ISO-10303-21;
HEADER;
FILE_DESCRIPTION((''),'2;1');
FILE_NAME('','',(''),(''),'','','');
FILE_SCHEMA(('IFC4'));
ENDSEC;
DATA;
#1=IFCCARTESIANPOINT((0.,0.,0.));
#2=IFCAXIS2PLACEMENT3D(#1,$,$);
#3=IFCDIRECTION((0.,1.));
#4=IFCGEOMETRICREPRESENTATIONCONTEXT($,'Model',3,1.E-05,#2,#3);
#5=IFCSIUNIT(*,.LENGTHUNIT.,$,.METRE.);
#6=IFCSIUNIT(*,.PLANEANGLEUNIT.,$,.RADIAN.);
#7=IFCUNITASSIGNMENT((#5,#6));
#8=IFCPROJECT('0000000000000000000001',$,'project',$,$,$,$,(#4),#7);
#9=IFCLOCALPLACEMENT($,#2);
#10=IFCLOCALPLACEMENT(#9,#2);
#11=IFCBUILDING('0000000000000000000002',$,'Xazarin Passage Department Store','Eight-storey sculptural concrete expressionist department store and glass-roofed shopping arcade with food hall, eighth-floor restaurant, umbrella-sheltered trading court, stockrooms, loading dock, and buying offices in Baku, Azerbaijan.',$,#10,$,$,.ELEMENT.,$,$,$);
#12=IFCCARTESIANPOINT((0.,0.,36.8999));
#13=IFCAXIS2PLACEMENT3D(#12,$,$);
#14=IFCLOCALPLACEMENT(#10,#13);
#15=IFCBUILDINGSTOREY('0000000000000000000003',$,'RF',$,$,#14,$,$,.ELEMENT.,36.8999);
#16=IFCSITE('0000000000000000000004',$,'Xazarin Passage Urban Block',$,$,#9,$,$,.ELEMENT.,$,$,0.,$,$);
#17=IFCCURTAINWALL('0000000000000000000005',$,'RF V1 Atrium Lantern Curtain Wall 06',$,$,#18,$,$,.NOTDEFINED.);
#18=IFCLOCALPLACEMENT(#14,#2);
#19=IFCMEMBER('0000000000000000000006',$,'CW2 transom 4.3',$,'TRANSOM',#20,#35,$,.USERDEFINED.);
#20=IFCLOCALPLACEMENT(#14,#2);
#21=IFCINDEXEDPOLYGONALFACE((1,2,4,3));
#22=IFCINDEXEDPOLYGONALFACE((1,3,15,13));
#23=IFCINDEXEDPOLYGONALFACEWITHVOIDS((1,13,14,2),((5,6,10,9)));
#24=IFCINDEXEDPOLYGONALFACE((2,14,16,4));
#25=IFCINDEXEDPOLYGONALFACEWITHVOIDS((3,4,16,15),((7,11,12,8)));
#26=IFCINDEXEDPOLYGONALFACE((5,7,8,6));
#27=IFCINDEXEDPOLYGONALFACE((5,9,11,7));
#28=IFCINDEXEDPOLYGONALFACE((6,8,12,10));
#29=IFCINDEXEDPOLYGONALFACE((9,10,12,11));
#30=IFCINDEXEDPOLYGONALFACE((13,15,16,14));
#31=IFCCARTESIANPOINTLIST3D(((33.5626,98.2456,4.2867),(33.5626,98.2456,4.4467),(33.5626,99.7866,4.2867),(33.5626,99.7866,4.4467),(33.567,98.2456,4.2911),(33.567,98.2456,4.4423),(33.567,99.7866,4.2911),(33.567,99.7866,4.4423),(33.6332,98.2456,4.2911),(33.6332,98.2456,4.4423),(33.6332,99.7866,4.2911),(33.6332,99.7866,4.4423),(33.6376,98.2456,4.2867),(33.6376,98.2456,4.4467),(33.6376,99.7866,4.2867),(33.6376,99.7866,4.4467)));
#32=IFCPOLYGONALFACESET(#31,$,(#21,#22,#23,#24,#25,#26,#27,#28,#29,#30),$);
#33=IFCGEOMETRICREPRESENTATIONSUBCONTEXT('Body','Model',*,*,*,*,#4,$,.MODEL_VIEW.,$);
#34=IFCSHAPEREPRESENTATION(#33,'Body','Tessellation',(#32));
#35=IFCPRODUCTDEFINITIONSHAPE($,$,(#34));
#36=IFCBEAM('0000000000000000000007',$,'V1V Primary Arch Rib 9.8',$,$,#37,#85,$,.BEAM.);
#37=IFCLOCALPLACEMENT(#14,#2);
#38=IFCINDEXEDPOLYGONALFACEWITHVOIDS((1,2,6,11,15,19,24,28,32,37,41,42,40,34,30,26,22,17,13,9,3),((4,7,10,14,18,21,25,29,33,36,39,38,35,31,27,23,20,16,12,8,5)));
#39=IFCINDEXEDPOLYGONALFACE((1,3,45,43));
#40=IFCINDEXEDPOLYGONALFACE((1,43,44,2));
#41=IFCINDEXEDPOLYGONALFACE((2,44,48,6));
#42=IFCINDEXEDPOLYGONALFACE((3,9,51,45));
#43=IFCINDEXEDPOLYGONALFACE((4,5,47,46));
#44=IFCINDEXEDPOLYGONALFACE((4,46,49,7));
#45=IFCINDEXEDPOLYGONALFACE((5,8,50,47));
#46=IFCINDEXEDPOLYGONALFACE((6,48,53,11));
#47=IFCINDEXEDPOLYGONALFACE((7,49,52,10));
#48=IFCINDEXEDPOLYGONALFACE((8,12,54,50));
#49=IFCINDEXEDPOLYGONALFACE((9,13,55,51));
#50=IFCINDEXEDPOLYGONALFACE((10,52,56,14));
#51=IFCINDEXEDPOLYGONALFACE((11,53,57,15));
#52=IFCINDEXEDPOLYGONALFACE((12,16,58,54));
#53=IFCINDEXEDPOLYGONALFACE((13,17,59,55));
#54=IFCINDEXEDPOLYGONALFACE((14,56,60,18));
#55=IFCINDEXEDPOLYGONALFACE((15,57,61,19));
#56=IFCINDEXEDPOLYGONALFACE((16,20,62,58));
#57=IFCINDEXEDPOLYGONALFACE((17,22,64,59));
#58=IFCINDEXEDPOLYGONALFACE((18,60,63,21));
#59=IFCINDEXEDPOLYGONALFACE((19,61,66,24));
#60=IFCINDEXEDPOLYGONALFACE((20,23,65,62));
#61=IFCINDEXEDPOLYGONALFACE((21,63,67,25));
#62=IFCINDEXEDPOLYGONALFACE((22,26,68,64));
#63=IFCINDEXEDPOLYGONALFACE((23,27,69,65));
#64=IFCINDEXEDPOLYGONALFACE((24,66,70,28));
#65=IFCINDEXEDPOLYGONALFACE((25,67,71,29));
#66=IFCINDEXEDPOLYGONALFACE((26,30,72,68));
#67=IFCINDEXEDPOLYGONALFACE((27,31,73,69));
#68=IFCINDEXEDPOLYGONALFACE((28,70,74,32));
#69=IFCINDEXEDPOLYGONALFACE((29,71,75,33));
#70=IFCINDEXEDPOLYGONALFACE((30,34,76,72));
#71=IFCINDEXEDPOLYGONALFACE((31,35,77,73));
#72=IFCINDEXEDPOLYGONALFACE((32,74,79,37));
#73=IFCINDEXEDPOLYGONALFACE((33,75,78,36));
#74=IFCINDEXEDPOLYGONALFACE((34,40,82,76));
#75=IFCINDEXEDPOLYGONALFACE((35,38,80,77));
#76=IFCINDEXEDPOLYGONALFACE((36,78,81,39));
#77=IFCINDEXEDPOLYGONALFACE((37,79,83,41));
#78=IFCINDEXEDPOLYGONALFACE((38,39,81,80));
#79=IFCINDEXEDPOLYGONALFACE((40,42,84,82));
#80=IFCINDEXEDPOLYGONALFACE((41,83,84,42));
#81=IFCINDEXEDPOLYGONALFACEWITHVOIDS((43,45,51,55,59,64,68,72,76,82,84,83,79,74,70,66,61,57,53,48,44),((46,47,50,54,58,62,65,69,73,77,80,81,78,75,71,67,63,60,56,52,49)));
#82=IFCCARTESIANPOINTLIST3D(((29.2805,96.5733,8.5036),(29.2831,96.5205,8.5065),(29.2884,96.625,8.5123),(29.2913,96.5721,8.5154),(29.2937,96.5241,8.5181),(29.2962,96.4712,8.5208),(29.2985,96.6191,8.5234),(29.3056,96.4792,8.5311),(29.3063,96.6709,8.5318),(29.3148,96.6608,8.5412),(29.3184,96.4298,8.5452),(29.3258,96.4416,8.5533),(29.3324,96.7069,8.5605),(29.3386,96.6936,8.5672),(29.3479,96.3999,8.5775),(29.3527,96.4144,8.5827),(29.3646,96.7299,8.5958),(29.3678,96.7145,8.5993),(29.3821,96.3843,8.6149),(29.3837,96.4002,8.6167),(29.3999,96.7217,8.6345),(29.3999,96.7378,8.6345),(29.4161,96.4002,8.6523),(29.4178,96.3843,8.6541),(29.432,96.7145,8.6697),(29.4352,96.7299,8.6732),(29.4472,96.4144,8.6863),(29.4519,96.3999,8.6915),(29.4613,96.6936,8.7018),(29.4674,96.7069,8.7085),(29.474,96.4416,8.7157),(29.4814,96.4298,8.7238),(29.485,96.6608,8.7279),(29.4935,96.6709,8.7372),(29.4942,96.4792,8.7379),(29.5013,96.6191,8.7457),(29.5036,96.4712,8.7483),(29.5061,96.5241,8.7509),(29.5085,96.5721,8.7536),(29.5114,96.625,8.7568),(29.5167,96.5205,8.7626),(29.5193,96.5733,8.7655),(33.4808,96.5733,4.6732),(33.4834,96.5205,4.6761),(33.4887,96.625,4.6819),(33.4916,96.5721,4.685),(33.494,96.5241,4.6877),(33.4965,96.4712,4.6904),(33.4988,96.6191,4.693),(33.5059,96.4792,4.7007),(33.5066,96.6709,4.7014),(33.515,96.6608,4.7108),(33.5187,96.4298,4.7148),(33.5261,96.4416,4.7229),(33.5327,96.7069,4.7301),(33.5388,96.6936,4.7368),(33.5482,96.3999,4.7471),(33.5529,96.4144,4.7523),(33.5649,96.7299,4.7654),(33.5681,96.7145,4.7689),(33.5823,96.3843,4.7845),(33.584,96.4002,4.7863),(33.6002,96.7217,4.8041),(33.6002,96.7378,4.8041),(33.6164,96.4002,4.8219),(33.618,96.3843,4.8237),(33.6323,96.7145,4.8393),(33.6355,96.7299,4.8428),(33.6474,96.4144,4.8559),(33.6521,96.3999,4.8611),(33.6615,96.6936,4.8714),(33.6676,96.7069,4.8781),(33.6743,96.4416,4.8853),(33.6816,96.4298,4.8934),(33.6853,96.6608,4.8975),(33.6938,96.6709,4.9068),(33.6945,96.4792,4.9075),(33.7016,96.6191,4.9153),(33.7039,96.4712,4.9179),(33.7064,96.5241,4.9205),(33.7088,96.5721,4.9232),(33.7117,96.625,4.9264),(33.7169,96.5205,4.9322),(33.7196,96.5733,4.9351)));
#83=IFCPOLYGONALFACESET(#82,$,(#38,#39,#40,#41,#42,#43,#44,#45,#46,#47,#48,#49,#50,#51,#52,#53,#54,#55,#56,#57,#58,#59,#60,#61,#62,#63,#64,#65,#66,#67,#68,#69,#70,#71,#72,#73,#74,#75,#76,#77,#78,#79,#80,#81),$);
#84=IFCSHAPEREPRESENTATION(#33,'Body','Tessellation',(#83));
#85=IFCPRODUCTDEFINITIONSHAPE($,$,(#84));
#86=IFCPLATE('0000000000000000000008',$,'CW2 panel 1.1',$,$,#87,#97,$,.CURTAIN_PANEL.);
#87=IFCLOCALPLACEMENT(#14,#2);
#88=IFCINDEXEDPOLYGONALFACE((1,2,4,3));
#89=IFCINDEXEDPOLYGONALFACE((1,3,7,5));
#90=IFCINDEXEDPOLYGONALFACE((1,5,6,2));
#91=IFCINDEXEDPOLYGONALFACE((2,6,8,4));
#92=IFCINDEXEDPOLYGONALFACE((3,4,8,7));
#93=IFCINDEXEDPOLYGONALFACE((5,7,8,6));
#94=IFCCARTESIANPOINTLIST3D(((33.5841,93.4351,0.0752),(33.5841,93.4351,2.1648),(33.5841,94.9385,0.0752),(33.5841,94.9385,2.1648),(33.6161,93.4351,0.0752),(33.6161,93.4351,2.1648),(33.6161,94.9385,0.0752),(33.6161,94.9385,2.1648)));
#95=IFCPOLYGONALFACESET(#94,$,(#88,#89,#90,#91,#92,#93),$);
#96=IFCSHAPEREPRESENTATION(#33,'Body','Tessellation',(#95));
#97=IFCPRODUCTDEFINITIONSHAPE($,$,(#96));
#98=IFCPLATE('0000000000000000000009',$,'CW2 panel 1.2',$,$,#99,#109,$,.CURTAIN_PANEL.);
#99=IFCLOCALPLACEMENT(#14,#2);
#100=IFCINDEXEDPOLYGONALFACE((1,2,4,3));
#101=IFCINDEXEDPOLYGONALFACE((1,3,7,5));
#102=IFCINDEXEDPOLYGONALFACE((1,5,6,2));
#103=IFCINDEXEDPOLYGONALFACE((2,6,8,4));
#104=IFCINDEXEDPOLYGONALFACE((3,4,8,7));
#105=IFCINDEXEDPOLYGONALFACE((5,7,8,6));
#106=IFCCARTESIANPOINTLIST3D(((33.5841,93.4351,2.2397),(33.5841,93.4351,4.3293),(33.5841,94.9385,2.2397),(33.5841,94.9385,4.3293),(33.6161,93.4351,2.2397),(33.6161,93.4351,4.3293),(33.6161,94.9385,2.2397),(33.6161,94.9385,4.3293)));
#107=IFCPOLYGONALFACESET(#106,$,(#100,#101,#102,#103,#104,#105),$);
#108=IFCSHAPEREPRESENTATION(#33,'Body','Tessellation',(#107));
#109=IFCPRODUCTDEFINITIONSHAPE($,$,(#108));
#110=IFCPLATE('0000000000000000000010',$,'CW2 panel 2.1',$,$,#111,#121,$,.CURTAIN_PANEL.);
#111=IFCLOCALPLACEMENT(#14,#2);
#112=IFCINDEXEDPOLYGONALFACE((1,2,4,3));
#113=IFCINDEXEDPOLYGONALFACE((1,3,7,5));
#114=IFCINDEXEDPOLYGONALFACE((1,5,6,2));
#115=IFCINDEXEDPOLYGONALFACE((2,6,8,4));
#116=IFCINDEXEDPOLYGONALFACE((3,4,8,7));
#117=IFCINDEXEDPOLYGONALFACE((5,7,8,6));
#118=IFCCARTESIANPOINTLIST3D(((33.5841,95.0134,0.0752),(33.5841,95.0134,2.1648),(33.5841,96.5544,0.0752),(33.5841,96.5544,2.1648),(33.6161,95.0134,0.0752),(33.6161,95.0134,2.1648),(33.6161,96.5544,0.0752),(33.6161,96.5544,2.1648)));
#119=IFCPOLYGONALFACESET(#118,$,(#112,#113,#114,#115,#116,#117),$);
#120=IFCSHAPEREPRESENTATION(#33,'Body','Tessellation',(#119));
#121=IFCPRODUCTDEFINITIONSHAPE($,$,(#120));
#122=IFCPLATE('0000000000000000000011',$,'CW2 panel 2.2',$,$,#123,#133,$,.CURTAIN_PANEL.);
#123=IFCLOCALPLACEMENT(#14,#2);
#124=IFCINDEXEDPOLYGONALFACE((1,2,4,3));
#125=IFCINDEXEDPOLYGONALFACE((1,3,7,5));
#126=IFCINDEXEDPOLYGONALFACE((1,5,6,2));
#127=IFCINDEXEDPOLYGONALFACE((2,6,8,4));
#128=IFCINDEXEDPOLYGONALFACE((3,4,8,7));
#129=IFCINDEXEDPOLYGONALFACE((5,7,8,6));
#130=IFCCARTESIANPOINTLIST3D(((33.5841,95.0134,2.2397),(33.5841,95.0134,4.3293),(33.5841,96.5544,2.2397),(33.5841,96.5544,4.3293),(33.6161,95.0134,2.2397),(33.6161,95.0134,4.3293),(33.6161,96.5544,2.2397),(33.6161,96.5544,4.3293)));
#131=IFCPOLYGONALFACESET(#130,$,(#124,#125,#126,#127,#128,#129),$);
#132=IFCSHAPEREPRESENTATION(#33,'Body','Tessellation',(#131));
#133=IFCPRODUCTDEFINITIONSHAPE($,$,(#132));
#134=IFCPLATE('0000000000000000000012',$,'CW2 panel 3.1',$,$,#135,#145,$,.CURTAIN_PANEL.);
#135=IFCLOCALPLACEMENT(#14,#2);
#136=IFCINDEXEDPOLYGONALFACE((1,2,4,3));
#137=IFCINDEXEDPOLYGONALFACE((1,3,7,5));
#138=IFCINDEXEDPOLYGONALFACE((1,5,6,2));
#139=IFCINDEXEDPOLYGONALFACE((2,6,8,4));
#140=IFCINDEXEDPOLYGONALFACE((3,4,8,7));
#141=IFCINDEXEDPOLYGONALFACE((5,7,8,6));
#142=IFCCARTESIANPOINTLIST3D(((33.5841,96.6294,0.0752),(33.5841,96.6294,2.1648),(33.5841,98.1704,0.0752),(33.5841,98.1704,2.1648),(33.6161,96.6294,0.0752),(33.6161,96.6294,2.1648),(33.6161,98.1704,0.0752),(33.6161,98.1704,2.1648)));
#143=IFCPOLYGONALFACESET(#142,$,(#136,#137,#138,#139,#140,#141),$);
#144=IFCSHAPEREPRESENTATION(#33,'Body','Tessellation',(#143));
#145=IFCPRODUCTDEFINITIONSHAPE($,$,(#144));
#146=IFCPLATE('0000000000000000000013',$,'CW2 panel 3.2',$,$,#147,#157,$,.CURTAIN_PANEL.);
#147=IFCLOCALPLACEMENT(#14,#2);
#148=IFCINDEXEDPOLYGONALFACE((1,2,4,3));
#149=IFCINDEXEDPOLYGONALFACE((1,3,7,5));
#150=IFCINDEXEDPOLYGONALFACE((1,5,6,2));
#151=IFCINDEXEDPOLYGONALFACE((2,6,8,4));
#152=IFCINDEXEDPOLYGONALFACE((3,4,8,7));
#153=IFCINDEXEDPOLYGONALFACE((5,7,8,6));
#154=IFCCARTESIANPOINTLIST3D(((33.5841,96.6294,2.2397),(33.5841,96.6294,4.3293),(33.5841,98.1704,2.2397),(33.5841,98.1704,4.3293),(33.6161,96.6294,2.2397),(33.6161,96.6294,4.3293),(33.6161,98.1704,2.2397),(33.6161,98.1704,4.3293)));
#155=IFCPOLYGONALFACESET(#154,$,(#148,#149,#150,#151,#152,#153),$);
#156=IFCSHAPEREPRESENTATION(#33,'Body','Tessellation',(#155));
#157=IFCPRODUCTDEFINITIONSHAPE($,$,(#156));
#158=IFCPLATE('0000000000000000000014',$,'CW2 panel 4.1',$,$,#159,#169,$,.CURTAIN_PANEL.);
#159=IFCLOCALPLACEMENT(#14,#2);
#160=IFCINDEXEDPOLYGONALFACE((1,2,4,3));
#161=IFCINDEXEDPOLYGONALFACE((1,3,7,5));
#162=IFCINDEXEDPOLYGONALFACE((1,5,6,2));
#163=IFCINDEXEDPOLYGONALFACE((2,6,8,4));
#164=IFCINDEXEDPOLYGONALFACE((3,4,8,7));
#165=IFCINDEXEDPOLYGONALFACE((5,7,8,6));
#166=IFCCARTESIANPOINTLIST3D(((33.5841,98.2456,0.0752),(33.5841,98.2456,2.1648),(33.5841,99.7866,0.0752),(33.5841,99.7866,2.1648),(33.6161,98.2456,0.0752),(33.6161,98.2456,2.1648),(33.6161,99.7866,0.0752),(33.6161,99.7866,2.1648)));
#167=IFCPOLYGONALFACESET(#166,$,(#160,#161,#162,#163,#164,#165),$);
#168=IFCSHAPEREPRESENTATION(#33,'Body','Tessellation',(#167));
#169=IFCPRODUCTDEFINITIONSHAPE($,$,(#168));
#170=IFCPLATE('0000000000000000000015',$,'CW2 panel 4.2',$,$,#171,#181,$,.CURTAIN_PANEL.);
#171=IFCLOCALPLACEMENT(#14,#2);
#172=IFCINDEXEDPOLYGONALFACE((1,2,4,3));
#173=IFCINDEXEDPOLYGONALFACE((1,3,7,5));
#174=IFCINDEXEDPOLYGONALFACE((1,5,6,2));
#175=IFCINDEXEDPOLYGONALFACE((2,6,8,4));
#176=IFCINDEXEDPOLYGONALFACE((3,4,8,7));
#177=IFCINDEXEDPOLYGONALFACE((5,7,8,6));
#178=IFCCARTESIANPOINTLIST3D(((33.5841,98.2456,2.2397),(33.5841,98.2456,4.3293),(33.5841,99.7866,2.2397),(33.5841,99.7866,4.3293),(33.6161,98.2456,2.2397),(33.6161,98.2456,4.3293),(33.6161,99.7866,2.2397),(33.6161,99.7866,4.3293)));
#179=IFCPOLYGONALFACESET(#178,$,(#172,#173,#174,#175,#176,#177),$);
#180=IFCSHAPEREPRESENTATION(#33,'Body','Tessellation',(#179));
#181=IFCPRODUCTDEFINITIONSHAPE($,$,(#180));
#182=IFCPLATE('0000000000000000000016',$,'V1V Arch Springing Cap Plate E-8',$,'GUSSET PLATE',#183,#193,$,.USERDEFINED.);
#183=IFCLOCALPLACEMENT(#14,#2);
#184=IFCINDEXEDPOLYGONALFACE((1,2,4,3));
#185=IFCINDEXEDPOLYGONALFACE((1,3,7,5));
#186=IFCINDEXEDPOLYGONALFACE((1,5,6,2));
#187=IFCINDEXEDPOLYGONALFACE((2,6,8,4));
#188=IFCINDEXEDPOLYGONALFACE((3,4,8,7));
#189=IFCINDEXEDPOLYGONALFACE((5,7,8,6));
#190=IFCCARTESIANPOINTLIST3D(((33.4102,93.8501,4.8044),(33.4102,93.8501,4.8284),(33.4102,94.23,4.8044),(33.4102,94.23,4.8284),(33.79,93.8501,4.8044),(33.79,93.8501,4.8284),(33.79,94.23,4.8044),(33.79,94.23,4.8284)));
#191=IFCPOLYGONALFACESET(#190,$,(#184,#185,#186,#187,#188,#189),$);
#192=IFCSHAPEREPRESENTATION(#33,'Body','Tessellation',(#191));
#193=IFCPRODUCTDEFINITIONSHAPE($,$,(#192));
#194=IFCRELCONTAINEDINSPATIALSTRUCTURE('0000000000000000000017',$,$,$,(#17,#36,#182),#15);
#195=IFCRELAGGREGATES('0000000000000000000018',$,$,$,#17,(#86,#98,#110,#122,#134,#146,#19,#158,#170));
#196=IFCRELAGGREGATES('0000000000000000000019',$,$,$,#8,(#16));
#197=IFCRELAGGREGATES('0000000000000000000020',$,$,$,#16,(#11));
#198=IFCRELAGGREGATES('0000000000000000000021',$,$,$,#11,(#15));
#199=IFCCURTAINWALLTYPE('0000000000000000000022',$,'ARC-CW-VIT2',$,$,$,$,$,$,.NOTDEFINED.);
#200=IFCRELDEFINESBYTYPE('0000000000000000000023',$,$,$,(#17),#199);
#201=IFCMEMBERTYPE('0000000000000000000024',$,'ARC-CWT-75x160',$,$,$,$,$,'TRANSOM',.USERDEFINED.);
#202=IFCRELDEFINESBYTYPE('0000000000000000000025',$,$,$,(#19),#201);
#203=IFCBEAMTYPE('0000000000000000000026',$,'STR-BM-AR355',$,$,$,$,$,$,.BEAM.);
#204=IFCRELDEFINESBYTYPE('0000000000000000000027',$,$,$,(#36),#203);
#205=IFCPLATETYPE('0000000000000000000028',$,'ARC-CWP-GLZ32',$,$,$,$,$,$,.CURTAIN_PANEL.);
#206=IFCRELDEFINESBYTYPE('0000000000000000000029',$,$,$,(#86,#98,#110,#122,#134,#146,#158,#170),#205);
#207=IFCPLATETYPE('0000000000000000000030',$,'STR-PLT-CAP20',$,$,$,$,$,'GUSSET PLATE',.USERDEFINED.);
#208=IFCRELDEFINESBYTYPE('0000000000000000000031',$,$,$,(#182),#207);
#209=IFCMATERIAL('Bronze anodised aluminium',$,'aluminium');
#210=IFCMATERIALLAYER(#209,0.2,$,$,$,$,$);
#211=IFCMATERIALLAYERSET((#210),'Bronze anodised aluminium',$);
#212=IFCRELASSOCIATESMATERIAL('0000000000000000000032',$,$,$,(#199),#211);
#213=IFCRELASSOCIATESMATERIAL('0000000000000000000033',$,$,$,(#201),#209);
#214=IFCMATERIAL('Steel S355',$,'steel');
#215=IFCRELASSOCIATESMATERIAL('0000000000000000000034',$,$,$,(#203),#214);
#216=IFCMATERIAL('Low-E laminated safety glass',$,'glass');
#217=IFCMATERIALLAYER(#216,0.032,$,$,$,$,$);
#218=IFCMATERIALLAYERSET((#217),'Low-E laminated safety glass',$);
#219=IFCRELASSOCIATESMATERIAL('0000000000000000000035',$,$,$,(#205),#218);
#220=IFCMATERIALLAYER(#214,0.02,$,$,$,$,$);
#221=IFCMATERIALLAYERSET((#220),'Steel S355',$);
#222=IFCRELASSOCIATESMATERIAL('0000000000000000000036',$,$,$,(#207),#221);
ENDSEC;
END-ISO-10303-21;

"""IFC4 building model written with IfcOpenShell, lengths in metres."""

from ifc_helpers import new_model, si_unit, direction, frame, origin, origin_2d, place, context, subcontext, project, spatial, rectangle, hollow_rectangle, hollow_circle, extrude, material, layer, layer_set, material_profile, profile_set, type_object, element, aggregate, save


model = new_model("IFC4")

# Units and contexts
model_context = context("Model", 3, precision=1e-05, world=origin(), true_north=direction((0.0, 1.0)))
body_context = subcontext(model_context, "Body", "Model", "MODEL_VIEW")
ifc_project = project(units=[si_unit("LENGTHUNIT", "METRE"), si_unit("PLANEANGLEUNIT", "RADIAN")], contexts=[model_context])

# Site, building, storey
site_placement = place(None, origin())
site = spatial("IfcSite", under=ifc_project, at=site_placement, Name="Xazarin Passage Urban Block", CompositionType="ELEMENT", RefElevation=0.0)
building_placement = place(site_placement, origin())
building = spatial("IfcBuilding", under=site, at=building_placement, Name="Xazarin Passage Department Store", Description="Eight-storey sculptural concrete expressionist department store and glass-roofed shopping arcade with food hall, eighth-floor restaurant, umbrella-sheltered trading court, stockrooms, loading dock, and buying offices in Baku, Azerbaijan.", CompositionType="ELEMENT")
storey_placement = place(building_placement, frame((0.0, 0.0, 36.8999)))
storey = spatial("IfcBuildingStorey", under=building, at=storey_placement, Name="RF", CompositionType="ELEMENT", Elevation=36.8999)

# Curtain wall, member
ifc_material_1 = material(Name="Bronze anodised aluminium", Category="aluminium")
ifc_layer_1 = layer(ifc_material_1, 0.2)
ifc_layer_set_1 = layer_set([ifc_layer_1], Name="Bronze anodised aluminium")
curtain_wall_type = type_object("IfcCurtainWallType", Name="ARC-CW-VIT2", PredefinedType="NOTDEFINED", material=ifc_layer_set_1)
curtain_wall_placement = place(storey_placement, origin())
curtain_wall = element("IfcCurtainWall", 1, at=curtain_wall_placement, inside=storey, type_object=curtain_wall_type, Name="RF V1 Atrium Lantern Curtain Wall 06", PredefinedType="NOTDEFINED")
ifc_material_profile_1 = material_profile(ifc_material_1, hollow_rectangle(XDim=0.075, YDim=0.1599, WallThickness=0.0044, at=origin_2d()), Name="ALU 75x160")
ifc_profile_set_1 = profile_set([ifc_material_profile_1], Name="Bronze anodised aluminium")
member_type_1 = type_object("IfcMemberType", Name="ARC-CWT-75x160", ElementType="TRANSOM", PredefinedType="USERDEFINED", material=ifc_profile_set_1)
member_1_placement = place(storey_placement, frame((33.6001, 98.2456, 4.3667), z_axis=(0.0, 1.0, 0.0), x_axis=(-1.0, 0.0, 0.0)))
member_1 = element("IfcMember", 2, at=member_1_placement, type_object=member_type_1, Name="CW2 transom 4.3", ObjectType="TRANSOM", PredefinedType="USERDEFINED", context=body_context, shape_type="SweptSolid", body=[
    extrude(hollow_rectangle(XDim=0.075, YDim=0.1599, WallThickness=0.0044, at=origin_2d()), origin(), (0.0, 0.0, 1.0), 1.541),
])

# Beam
ifc_material_2 = material(Name="Steel S355", Category="steel")
ifc_material_profile_2 = material_profile(ifc_material_2, hollow_circle(Radius=0.1777, WallThickness=0.0161, at=origin_2d()), Name="CHS 355.6x16")
ifc_profile_set_2 = profile_set([ifc_material_profile_2], Name="Steel S355")
beam_type = type_object("IfcBeamType", Name="STR-BM-AR355", PredefinedType="BEAM", material=ifc_profile_set_2)
beam_placement = place(storey_placement, frame((29.3999, 96.5601, 8.6345), z_axis=(0.738892, 0.0, -0.673824), x_axis=(0.0, 1.0, 0.0)))
element("IfcBeam", 3, at=beam_placement, inside=storey, type_object=beam_type, Name="V1V Primary Arch Rib 9.8", PredefinedType="BEAM", context=body_context, shape_type="SweptSolid", body=[
    extrude(hollow_circle(Radius=0.1777, WallThickness=0.0161, at=origin_2d()), origin(), (0.0, 0.0, 1.0), 5.6846),
])

# Plates
ifc_material_3 = material(Name="Low-E laminated safety glass", Category="glass")
ifc_layer_2 = layer(ifc_material_3, 0.032)
ifc_layer_set_2 = layer_set([ifc_layer_2], Name="Low-E laminated safety glass")
plate_type_1 = type_object("IfcPlateType", Name="ARC-CWP-GLZ32", PredefinedType="CURTAIN_PANEL", material=ifc_layer_set_2)
plate_1_placement = place(storey_placement, frame((33.6001, 94.1868, 0.0752), z_axis=(0.0, 0.0, 1.0), x_axis=(0.0, 1.0, 0.0)))
plate_1 = element("IfcPlate", 4, at=plate_1_placement, type_object=plate_type_1, Name="CW2 panel 1.1", PredefinedType="CURTAIN_PANEL", context=body_context, shape_type="SweptSolid", body=[
    extrude(rectangle(XDim=1.5034, YDim=0.032, at=origin_2d()), origin(), (0.0, 0.0, 1.0), 2.0896),
])
plate_2_placement = place(storey_placement, frame((33.6001, 94.1868, 2.2397), z_axis=(0.0, 0.0, 1.0), x_axis=(0.0, 1.0, 0.0)))
plate_2 = element("IfcPlate", 5, at=plate_2_placement, type_object=plate_type_1, Name="CW2 panel 1.2", PredefinedType="CURTAIN_PANEL", context=body_context, shape_type="SweptSolid", body=[
    extrude(rectangle(XDim=1.5034, YDim=0.032, at=origin_2d()), origin(), (0.0, 0.0, 1.0), 2.0896),
])
plate_3_placement = place(storey_placement, frame((33.6001, 95.7839, 0.0752), z_axis=(0.0, 0.0, 1.0), x_axis=(0.0, 1.0, 0.0)))
plate_3 = element("IfcPlate", 6, at=plate_3_placement, type_object=plate_type_1, Name="CW2 panel 2.1", PredefinedType="CURTAIN_PANEL", context=body_context, shape_type="SweptSolid", body=[
    extrude(rectangle(XDim=1.541, YDim=0.032, at=origin_2d()), origin(), (0.0, 0.0, 1.0), 2.0896),
])
plate_4_placement = place(storey_placement, frame((33.6001, 95.7839, 2.2397), z_axis=(0.0, 0.0, 1.0), x_axis=(0.0, 1.0, 0.0)))
plate_4 = element("IfcPlate", 7, at=plate_4_placement, type_object=plate_type_1, Name="CW2 panel 2.2", PredefinedType="CURTAIN_PANEL", context=body_context, shape_type="SweptSolid", body=[
    extrude(rectangle(XDim=1.541, YDim=0.032, at=origin_2d()), origin(), (0.0, 0.0, 1.0), 2.0896),
])
plate_5_placement = place(storey_placement, frame((33.6001, 97.3999, 0.0752), z_axis=(0.0, 0.0, 1.0), x_axis=(0.0, 1.0, 0.0)))
plate_5 = element("IfcPlate", 8, at=plate_5_placement, type_object=plate_type_1, Name="CW2 panel 3.1", PredefinedType="CURTAIN_PANEL", context=body_context, shape_type="SweptSolid", body=[
    extrude(rectangle(XDim=1.541, YDim=0.032, at=origin_2d()), origin(), (0.0, 0.0, 1.0), 2.0896),
])
plate_6_placement = place(storey_placement, frame((33.6001, 97.3999, 2.2397), z_axis=(0.0, 0.0, 1.0), x_axis=(0.0, 1.0, 0.0)))
plate_6 = element("IfcPlate", 9, at=plate_6_placement, type_object=plate_type_1, Name="CW2 panel 3.2", PredefinedType="CURTAIN_PANEL", context=body_context, shape_type="SweptSolid", body=[
    extrude(rectangle(XDim=1.541, YDim=0.032, at=origin_2d()), origin(), (0.0, 0.0, 1.0), 2.0896),
])
plate_7_placement = place(storey_placement, frame((33.6001, 99.0161, 0.0752), z_axis=(0.0, 0.0, 1.0), x_axis=(0.0, 1.0, 0.0)))
plate_7 = element("IfcPlate", 10, at=plate_7_placement, type_object=plate_type_1, Name="CW2 panel 4.1", PredefinedType="CURTAIN_PANEL", context=body_context, shape_type="SweptSolid", body=[
    extrude(rectangle(XDim=1.541, YDim=0.032, at=origin_2d()), origin(), (0.0, 0.0, 1.0), 2.0896),
])
plate_8_placement = place(storey_placement, frame((33.6001, 99.0161, 2.2397), z_axis=(0.0, 0.0, 1.0), x_axis=(0.0, 1.0, 0.0)))
plate_8 = element("IfcPlate", 11, at=plate_8_placement, type_object=plate_type_1, Name="CW2 panel 4.2", PredefinedType="CURTAIN_PANEL", context=body_context, shape_type="SweptSolid", body=[
    extrude(rectangle(XDim=1.541, YDim=0.032, at=origin_2d()), origin(), (0.0, 0.0, 1.0), 2.0896),
])
aggregate(curtain_wall, [plate_1, plate_2, plate_3, plate_4, plate_5, plate_6, member_1, plate_7, plate_8])

# Plate
ifc_layer_3 = layer(ifc_material_2, 0.02)
ifc_layer_set_3 = layer_set([ifc_layer_3], Name="Steel S355")
plate_type_2 = type_object("IfcPlateType", Name="STR-PLT-CAP20", ElementType="GUSSET PLATE", PredefinedType="USERDEFINED", material=ifc_layer_set_3)
for number, where, z_axis, x_axis, name in (
    (12, (33.6001, 94.04, 4.8044), (0.0, 0.0, 1.0), (1.0, 0.0, 0.0), "V1V Arch Springing Cap Plate E-8"),
):
    element("IfcPlate", number, at=place(storey_placement, frame(where, z_axis=z_axis, x_axis=x_axis)), inside=storey, type_object=plate_type_2, Name=name, ObjectType="GUSSET PLATE", PredefinedType="USERDEFINED", context=body_context, shape_type="SweptSolid", body=[
        extrude(rectangle(XDim=0.3799, YDim=0.3799, at=origin_2d()), origin(), (0.0, 0.0, 1.0), 0.0239),
    ])

save(model, "model.ifc")
